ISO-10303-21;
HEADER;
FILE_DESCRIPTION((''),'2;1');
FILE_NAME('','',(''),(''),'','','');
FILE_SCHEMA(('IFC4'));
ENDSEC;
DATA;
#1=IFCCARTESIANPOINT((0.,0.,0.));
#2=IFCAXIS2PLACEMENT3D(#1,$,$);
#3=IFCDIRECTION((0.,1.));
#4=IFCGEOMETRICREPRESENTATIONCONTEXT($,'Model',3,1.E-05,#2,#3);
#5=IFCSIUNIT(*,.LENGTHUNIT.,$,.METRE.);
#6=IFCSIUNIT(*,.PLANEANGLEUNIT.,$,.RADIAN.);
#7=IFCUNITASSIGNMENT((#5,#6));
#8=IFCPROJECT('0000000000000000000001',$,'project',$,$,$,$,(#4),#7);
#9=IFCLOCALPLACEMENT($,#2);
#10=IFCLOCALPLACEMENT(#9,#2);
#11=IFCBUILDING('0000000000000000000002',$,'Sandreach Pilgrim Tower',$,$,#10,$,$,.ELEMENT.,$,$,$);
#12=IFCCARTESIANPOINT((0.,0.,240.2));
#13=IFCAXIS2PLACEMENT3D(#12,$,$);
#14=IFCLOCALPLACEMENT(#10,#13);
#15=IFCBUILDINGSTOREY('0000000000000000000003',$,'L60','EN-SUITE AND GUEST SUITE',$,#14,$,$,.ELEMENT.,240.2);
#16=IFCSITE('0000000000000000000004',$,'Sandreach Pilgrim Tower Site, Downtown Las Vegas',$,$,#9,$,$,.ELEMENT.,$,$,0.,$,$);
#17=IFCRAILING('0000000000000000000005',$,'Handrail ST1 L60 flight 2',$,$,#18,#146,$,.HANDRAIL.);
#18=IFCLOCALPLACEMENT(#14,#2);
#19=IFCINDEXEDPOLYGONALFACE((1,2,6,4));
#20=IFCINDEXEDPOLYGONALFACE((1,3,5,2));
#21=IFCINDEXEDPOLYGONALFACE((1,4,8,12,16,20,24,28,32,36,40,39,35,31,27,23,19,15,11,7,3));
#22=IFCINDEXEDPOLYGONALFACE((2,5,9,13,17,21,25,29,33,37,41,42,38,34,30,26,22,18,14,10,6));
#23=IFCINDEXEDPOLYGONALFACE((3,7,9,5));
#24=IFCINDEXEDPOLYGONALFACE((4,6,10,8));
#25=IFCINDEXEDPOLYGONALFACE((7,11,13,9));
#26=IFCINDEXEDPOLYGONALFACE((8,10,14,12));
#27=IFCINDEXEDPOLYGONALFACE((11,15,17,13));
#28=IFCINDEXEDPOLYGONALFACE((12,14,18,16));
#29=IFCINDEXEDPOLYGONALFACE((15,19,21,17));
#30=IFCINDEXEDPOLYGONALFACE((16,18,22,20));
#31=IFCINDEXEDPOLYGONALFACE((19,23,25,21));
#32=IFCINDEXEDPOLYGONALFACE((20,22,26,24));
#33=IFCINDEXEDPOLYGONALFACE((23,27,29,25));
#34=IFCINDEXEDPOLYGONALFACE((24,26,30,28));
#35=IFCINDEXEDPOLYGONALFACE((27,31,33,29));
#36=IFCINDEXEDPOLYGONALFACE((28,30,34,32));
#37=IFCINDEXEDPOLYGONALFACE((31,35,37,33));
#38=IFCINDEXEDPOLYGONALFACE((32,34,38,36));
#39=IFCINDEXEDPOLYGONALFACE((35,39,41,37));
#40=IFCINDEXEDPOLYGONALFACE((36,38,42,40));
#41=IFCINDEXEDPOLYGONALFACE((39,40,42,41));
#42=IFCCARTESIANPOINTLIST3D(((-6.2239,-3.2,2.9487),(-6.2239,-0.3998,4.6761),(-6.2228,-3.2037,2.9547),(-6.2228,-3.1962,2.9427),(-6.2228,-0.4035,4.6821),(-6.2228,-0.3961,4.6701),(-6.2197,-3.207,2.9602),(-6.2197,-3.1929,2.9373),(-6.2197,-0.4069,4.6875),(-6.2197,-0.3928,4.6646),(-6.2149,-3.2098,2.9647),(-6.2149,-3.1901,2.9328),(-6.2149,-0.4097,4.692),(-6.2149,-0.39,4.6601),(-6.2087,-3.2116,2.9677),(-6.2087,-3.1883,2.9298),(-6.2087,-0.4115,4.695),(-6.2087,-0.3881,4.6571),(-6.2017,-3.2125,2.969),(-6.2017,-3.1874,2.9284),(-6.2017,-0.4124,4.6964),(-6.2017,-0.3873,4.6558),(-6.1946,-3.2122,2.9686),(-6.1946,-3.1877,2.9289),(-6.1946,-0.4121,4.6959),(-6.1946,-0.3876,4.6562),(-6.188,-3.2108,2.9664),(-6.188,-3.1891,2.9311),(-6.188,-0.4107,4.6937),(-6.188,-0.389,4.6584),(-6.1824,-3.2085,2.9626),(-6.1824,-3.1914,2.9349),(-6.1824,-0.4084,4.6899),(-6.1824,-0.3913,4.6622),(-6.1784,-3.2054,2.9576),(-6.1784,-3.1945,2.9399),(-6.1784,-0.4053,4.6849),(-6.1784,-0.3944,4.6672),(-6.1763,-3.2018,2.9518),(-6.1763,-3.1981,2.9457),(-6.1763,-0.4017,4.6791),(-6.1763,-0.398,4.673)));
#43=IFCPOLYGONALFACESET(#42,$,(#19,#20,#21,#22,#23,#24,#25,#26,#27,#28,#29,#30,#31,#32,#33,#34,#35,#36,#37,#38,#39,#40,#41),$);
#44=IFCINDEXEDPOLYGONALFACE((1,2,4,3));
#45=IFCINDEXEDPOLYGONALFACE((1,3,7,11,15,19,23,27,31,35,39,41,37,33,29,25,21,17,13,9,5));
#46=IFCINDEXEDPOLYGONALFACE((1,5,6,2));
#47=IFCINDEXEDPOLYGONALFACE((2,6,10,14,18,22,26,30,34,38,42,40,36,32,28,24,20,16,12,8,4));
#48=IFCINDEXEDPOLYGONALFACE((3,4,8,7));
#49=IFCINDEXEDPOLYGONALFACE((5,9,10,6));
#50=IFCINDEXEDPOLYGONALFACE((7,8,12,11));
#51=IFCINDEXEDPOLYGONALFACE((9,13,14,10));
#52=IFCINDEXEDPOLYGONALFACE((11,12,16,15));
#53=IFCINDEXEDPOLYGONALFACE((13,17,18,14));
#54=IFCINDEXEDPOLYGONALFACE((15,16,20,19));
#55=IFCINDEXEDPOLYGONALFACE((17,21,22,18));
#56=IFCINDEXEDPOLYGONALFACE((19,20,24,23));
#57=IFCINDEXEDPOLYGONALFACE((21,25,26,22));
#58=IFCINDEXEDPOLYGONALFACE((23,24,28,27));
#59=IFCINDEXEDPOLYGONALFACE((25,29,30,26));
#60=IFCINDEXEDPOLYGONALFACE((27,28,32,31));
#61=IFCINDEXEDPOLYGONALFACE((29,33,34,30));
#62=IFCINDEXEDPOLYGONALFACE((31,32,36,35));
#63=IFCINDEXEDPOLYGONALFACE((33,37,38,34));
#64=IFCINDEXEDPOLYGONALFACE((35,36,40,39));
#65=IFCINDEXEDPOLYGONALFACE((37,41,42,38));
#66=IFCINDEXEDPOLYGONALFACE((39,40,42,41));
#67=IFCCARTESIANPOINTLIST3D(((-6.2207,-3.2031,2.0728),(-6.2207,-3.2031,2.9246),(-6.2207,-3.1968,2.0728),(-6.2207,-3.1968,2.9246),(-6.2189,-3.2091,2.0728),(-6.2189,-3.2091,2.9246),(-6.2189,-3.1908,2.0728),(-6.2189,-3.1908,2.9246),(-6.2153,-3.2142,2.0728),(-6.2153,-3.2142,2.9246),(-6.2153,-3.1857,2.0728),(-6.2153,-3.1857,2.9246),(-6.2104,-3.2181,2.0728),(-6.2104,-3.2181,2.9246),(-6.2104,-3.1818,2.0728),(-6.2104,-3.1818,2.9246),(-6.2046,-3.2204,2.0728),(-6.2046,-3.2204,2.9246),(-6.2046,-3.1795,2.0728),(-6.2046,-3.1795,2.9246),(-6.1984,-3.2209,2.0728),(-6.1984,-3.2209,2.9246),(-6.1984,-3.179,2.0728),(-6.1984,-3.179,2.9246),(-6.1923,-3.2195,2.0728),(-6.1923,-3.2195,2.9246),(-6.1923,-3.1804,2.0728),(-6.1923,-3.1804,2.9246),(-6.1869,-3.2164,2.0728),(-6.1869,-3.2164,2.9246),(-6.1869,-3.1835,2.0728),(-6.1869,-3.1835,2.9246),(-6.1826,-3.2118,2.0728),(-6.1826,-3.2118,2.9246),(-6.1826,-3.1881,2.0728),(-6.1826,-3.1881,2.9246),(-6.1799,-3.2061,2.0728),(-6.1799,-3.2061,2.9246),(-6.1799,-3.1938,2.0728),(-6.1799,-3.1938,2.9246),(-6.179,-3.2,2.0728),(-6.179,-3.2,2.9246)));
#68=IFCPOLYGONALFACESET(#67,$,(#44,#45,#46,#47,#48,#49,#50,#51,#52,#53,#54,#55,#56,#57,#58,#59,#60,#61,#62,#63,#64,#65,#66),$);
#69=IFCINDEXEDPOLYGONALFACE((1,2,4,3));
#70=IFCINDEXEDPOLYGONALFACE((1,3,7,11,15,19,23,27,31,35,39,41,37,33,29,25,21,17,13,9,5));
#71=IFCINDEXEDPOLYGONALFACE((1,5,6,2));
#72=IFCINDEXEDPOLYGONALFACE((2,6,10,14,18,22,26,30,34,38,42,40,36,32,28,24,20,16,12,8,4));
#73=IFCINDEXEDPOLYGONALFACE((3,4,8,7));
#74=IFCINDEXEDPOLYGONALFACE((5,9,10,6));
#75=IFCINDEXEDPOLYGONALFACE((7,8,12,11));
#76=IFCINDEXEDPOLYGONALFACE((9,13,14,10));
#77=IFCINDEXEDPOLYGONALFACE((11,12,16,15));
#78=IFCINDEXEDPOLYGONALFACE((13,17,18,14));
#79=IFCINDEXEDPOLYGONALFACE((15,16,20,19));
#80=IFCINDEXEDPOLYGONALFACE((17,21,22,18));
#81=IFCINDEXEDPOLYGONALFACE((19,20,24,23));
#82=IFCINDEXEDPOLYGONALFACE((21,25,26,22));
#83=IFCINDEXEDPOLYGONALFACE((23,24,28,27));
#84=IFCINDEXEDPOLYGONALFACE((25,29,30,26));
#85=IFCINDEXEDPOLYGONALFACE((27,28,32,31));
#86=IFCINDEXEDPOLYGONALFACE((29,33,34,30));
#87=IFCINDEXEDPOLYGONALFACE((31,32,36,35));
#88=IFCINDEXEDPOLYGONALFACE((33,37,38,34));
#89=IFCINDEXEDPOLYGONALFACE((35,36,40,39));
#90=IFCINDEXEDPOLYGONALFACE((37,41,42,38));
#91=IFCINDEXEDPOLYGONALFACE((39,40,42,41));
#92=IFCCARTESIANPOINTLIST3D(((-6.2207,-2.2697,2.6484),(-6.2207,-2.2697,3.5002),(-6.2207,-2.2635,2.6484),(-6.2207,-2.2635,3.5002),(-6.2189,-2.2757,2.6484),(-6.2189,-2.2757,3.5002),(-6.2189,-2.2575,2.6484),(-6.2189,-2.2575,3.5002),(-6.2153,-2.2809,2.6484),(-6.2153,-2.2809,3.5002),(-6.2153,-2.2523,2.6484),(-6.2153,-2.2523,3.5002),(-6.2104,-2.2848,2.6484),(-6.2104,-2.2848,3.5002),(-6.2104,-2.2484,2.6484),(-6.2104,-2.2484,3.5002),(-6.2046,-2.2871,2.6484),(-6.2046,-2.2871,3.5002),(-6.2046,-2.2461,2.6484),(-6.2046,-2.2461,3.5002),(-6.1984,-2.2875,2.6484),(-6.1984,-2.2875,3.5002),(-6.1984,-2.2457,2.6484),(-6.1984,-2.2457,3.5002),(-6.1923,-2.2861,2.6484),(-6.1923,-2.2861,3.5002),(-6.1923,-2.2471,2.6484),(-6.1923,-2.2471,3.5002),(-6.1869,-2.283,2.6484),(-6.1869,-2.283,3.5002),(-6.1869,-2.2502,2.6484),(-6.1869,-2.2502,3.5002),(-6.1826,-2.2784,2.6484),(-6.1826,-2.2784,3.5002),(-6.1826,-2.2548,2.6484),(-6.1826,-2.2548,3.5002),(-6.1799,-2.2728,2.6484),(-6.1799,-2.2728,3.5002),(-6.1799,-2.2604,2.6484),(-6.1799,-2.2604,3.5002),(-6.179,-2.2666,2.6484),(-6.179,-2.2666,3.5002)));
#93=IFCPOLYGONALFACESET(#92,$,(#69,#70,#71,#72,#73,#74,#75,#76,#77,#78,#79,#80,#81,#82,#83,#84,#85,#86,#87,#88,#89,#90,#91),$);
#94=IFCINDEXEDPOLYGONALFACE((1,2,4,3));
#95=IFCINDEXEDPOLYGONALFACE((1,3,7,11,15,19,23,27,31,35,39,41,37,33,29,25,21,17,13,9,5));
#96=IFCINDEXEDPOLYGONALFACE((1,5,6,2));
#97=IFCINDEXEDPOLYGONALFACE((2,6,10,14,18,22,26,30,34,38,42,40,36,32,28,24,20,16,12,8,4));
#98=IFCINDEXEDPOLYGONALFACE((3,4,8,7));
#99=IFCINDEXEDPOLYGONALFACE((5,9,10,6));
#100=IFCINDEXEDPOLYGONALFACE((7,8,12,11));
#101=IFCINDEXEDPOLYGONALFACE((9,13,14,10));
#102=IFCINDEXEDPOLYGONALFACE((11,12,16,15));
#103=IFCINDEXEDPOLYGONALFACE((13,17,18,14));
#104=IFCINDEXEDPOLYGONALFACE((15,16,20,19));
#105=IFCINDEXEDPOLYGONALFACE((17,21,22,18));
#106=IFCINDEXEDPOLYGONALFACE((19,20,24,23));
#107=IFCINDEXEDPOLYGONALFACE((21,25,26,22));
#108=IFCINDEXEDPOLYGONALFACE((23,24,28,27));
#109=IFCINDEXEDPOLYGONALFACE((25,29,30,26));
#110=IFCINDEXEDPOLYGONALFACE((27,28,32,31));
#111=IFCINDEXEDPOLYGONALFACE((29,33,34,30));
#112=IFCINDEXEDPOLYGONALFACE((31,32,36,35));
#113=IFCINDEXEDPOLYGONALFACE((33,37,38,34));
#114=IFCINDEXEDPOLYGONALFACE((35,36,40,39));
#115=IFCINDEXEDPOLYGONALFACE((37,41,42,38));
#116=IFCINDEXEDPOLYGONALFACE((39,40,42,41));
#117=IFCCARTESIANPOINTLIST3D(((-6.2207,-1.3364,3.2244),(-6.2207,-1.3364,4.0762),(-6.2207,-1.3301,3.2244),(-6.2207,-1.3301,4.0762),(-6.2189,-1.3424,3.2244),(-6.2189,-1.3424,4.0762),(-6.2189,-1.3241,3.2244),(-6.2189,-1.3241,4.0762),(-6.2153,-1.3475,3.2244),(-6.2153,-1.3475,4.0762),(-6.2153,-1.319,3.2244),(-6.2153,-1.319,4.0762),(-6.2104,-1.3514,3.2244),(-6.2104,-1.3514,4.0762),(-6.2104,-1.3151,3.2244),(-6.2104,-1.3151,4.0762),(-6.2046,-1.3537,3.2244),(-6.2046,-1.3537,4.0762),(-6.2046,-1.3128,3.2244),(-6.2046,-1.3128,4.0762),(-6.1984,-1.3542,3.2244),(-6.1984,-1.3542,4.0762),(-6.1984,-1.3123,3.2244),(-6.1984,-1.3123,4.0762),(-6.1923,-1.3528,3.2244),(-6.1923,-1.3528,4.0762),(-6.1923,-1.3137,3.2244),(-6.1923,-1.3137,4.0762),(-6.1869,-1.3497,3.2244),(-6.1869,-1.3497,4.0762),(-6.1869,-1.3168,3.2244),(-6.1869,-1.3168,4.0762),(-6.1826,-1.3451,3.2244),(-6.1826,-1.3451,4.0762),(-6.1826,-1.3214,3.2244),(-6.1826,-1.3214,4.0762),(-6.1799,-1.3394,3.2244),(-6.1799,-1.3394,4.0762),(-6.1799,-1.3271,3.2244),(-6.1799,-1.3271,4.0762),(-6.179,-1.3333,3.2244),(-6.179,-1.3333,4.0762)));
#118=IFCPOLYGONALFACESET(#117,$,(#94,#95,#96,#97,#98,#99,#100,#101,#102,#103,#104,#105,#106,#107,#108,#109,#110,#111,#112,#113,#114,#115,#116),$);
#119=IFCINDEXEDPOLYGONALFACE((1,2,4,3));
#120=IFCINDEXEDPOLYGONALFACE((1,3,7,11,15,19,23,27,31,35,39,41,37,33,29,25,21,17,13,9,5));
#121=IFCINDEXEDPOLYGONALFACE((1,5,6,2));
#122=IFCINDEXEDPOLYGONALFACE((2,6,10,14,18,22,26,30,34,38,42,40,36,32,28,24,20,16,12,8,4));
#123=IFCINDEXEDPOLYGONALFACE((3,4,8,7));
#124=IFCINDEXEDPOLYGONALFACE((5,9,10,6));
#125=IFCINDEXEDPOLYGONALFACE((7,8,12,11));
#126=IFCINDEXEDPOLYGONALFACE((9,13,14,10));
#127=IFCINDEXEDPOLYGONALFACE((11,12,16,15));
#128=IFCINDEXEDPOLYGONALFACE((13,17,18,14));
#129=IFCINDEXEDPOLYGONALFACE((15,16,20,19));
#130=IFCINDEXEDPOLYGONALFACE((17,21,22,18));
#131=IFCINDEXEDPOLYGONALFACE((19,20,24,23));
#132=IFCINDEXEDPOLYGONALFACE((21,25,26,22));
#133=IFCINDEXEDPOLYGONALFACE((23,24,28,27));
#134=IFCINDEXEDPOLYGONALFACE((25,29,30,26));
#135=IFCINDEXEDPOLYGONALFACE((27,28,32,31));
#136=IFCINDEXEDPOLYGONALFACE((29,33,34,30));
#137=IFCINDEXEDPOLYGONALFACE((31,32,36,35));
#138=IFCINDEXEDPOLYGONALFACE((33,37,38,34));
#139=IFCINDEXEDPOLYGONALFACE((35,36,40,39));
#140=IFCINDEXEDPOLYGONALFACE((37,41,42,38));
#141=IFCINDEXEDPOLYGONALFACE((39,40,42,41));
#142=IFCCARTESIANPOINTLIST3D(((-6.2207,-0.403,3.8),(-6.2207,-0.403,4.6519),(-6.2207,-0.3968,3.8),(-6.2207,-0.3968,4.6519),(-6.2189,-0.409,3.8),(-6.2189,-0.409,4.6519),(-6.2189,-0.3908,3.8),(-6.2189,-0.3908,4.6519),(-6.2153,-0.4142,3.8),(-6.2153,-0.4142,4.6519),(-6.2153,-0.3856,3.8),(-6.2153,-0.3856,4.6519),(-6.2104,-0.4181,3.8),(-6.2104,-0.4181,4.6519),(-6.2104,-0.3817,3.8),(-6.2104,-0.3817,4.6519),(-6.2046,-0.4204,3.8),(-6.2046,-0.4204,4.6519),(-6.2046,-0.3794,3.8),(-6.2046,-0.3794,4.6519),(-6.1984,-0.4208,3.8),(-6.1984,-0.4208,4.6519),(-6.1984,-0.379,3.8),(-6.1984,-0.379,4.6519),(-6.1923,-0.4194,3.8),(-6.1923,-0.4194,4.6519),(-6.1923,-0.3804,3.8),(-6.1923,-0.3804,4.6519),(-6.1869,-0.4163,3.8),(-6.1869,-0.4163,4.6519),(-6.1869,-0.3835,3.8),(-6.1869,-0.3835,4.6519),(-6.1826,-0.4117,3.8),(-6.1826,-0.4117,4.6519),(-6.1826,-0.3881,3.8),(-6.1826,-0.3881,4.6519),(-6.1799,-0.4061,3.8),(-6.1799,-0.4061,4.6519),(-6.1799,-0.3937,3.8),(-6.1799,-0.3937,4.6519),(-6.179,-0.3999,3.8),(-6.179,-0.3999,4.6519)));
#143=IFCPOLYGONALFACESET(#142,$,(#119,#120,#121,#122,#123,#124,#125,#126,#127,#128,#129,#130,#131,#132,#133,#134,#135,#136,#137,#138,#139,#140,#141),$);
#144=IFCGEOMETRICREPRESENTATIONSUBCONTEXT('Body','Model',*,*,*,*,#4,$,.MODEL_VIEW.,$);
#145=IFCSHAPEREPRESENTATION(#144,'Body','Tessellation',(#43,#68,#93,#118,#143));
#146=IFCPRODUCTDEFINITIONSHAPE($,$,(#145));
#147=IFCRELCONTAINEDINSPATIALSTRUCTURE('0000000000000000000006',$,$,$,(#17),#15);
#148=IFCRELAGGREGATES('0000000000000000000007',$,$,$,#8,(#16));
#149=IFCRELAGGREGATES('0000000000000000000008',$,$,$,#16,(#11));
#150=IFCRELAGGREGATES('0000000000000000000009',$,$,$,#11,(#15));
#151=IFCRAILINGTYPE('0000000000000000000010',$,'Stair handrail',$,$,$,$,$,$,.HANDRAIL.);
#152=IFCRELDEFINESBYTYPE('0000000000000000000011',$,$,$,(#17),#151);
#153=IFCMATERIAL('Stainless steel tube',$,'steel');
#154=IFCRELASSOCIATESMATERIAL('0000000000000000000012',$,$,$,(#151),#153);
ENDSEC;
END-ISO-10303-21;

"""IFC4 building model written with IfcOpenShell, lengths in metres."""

from ifc_helpers import new_model, si_unit, direction, frame, origin, origin_2d, place, context, subcontext, project, spatial, circle, extrude, material, type_object, element, save


model = new_model("IFC4")

# Units and contexts
model_context = context("Model", 3, precision=1e-05, world=origin(), true_north=direction((0.0, 1.0)))
body_context = subcontext(model_context, "Body", "Model", "MODEL_VIEW")
ifc_project = project(units=[si_unit("LENGTHUNIT", "METRE"), si_unit("PLANEANGLEUNIT", "RADIAN")], contexts=[model_context])

# Site, building, storey
site_placement = place(None, origin())
site = spatial("IfcSite", under=ifc_project, at=site_placement, Name="Sandreach Pilgrim Tower Site, Downtown Las Vegas", CompositionType="ELEMENT", RefElevation=0.0)
building_placement = place(site_placement, origin())
building = spatial("IfcBuilding", under=site, at=building_placement, Name="Sandreach Pilgrim Tower", CompositionType="ELEMENT")
storey_placement = place(building_placement, frame((0.0, 0.0, 240.2)))
storey = spatial("IfcBuildingStorey", under=building, at=storey_placement, Name="L60", Description="EN-SUITE AND GUEST SUITE", CompositionType="ELEMENT", Elevation=240.2)

# Railing
ifc_material_1 = material(Name="Stainless steel tube", Category="steel")
railing_type = type_object("IfcRailingType", Name="Stair handrail", PredefinedType="HANDRAIL", material=ifc_material_1)
for number, where, name in (
    (1, (-6.2, -3.2, 2.0728), "Handrail ST1 L60 flight 2"),
):
    element("IfcRailing", number, at=place(storey_placement, frame(where)), inside=storey, type_object=railing_type, Name=name, PredefinedType="HANDRAIL", context=body_context, shape_type="SweptSolid", body=[
        extrude(circle(Radius=0.0239, at=origin_2d()), frame((0.0, 0.0, 0.876), z_axis=(0.0, 0.85109, 0.52502), x_axis=(-1.0, 0.0, 0.0)), (0.0, 0.0, 1.0), 3.29),
        extrude(circle(Radius=0.021, at=origin_2d()), origin(), (0.0, 0.0, 1.0), 0.8518),
        extrude(circle(Radius=0.021, at=origin_2d()), frame((0.0, 0.9333, 0.5757)), (0.0, 0.0, 1.0), 0.8518),
        extrude(circle(Radius=0.021, at=origin_2d()), frame((0.0, 1.8667, 1.1516)), (0.0, 0.0, 1.0), 0.8518),
        extrude(circle(Radius=0.021, at=origin_2d()), frame((0.0, 2.8, 1.7273)), (0.0, 0.0, 1.0), 0.8518),
    ])

save(model, "model.ifc")
